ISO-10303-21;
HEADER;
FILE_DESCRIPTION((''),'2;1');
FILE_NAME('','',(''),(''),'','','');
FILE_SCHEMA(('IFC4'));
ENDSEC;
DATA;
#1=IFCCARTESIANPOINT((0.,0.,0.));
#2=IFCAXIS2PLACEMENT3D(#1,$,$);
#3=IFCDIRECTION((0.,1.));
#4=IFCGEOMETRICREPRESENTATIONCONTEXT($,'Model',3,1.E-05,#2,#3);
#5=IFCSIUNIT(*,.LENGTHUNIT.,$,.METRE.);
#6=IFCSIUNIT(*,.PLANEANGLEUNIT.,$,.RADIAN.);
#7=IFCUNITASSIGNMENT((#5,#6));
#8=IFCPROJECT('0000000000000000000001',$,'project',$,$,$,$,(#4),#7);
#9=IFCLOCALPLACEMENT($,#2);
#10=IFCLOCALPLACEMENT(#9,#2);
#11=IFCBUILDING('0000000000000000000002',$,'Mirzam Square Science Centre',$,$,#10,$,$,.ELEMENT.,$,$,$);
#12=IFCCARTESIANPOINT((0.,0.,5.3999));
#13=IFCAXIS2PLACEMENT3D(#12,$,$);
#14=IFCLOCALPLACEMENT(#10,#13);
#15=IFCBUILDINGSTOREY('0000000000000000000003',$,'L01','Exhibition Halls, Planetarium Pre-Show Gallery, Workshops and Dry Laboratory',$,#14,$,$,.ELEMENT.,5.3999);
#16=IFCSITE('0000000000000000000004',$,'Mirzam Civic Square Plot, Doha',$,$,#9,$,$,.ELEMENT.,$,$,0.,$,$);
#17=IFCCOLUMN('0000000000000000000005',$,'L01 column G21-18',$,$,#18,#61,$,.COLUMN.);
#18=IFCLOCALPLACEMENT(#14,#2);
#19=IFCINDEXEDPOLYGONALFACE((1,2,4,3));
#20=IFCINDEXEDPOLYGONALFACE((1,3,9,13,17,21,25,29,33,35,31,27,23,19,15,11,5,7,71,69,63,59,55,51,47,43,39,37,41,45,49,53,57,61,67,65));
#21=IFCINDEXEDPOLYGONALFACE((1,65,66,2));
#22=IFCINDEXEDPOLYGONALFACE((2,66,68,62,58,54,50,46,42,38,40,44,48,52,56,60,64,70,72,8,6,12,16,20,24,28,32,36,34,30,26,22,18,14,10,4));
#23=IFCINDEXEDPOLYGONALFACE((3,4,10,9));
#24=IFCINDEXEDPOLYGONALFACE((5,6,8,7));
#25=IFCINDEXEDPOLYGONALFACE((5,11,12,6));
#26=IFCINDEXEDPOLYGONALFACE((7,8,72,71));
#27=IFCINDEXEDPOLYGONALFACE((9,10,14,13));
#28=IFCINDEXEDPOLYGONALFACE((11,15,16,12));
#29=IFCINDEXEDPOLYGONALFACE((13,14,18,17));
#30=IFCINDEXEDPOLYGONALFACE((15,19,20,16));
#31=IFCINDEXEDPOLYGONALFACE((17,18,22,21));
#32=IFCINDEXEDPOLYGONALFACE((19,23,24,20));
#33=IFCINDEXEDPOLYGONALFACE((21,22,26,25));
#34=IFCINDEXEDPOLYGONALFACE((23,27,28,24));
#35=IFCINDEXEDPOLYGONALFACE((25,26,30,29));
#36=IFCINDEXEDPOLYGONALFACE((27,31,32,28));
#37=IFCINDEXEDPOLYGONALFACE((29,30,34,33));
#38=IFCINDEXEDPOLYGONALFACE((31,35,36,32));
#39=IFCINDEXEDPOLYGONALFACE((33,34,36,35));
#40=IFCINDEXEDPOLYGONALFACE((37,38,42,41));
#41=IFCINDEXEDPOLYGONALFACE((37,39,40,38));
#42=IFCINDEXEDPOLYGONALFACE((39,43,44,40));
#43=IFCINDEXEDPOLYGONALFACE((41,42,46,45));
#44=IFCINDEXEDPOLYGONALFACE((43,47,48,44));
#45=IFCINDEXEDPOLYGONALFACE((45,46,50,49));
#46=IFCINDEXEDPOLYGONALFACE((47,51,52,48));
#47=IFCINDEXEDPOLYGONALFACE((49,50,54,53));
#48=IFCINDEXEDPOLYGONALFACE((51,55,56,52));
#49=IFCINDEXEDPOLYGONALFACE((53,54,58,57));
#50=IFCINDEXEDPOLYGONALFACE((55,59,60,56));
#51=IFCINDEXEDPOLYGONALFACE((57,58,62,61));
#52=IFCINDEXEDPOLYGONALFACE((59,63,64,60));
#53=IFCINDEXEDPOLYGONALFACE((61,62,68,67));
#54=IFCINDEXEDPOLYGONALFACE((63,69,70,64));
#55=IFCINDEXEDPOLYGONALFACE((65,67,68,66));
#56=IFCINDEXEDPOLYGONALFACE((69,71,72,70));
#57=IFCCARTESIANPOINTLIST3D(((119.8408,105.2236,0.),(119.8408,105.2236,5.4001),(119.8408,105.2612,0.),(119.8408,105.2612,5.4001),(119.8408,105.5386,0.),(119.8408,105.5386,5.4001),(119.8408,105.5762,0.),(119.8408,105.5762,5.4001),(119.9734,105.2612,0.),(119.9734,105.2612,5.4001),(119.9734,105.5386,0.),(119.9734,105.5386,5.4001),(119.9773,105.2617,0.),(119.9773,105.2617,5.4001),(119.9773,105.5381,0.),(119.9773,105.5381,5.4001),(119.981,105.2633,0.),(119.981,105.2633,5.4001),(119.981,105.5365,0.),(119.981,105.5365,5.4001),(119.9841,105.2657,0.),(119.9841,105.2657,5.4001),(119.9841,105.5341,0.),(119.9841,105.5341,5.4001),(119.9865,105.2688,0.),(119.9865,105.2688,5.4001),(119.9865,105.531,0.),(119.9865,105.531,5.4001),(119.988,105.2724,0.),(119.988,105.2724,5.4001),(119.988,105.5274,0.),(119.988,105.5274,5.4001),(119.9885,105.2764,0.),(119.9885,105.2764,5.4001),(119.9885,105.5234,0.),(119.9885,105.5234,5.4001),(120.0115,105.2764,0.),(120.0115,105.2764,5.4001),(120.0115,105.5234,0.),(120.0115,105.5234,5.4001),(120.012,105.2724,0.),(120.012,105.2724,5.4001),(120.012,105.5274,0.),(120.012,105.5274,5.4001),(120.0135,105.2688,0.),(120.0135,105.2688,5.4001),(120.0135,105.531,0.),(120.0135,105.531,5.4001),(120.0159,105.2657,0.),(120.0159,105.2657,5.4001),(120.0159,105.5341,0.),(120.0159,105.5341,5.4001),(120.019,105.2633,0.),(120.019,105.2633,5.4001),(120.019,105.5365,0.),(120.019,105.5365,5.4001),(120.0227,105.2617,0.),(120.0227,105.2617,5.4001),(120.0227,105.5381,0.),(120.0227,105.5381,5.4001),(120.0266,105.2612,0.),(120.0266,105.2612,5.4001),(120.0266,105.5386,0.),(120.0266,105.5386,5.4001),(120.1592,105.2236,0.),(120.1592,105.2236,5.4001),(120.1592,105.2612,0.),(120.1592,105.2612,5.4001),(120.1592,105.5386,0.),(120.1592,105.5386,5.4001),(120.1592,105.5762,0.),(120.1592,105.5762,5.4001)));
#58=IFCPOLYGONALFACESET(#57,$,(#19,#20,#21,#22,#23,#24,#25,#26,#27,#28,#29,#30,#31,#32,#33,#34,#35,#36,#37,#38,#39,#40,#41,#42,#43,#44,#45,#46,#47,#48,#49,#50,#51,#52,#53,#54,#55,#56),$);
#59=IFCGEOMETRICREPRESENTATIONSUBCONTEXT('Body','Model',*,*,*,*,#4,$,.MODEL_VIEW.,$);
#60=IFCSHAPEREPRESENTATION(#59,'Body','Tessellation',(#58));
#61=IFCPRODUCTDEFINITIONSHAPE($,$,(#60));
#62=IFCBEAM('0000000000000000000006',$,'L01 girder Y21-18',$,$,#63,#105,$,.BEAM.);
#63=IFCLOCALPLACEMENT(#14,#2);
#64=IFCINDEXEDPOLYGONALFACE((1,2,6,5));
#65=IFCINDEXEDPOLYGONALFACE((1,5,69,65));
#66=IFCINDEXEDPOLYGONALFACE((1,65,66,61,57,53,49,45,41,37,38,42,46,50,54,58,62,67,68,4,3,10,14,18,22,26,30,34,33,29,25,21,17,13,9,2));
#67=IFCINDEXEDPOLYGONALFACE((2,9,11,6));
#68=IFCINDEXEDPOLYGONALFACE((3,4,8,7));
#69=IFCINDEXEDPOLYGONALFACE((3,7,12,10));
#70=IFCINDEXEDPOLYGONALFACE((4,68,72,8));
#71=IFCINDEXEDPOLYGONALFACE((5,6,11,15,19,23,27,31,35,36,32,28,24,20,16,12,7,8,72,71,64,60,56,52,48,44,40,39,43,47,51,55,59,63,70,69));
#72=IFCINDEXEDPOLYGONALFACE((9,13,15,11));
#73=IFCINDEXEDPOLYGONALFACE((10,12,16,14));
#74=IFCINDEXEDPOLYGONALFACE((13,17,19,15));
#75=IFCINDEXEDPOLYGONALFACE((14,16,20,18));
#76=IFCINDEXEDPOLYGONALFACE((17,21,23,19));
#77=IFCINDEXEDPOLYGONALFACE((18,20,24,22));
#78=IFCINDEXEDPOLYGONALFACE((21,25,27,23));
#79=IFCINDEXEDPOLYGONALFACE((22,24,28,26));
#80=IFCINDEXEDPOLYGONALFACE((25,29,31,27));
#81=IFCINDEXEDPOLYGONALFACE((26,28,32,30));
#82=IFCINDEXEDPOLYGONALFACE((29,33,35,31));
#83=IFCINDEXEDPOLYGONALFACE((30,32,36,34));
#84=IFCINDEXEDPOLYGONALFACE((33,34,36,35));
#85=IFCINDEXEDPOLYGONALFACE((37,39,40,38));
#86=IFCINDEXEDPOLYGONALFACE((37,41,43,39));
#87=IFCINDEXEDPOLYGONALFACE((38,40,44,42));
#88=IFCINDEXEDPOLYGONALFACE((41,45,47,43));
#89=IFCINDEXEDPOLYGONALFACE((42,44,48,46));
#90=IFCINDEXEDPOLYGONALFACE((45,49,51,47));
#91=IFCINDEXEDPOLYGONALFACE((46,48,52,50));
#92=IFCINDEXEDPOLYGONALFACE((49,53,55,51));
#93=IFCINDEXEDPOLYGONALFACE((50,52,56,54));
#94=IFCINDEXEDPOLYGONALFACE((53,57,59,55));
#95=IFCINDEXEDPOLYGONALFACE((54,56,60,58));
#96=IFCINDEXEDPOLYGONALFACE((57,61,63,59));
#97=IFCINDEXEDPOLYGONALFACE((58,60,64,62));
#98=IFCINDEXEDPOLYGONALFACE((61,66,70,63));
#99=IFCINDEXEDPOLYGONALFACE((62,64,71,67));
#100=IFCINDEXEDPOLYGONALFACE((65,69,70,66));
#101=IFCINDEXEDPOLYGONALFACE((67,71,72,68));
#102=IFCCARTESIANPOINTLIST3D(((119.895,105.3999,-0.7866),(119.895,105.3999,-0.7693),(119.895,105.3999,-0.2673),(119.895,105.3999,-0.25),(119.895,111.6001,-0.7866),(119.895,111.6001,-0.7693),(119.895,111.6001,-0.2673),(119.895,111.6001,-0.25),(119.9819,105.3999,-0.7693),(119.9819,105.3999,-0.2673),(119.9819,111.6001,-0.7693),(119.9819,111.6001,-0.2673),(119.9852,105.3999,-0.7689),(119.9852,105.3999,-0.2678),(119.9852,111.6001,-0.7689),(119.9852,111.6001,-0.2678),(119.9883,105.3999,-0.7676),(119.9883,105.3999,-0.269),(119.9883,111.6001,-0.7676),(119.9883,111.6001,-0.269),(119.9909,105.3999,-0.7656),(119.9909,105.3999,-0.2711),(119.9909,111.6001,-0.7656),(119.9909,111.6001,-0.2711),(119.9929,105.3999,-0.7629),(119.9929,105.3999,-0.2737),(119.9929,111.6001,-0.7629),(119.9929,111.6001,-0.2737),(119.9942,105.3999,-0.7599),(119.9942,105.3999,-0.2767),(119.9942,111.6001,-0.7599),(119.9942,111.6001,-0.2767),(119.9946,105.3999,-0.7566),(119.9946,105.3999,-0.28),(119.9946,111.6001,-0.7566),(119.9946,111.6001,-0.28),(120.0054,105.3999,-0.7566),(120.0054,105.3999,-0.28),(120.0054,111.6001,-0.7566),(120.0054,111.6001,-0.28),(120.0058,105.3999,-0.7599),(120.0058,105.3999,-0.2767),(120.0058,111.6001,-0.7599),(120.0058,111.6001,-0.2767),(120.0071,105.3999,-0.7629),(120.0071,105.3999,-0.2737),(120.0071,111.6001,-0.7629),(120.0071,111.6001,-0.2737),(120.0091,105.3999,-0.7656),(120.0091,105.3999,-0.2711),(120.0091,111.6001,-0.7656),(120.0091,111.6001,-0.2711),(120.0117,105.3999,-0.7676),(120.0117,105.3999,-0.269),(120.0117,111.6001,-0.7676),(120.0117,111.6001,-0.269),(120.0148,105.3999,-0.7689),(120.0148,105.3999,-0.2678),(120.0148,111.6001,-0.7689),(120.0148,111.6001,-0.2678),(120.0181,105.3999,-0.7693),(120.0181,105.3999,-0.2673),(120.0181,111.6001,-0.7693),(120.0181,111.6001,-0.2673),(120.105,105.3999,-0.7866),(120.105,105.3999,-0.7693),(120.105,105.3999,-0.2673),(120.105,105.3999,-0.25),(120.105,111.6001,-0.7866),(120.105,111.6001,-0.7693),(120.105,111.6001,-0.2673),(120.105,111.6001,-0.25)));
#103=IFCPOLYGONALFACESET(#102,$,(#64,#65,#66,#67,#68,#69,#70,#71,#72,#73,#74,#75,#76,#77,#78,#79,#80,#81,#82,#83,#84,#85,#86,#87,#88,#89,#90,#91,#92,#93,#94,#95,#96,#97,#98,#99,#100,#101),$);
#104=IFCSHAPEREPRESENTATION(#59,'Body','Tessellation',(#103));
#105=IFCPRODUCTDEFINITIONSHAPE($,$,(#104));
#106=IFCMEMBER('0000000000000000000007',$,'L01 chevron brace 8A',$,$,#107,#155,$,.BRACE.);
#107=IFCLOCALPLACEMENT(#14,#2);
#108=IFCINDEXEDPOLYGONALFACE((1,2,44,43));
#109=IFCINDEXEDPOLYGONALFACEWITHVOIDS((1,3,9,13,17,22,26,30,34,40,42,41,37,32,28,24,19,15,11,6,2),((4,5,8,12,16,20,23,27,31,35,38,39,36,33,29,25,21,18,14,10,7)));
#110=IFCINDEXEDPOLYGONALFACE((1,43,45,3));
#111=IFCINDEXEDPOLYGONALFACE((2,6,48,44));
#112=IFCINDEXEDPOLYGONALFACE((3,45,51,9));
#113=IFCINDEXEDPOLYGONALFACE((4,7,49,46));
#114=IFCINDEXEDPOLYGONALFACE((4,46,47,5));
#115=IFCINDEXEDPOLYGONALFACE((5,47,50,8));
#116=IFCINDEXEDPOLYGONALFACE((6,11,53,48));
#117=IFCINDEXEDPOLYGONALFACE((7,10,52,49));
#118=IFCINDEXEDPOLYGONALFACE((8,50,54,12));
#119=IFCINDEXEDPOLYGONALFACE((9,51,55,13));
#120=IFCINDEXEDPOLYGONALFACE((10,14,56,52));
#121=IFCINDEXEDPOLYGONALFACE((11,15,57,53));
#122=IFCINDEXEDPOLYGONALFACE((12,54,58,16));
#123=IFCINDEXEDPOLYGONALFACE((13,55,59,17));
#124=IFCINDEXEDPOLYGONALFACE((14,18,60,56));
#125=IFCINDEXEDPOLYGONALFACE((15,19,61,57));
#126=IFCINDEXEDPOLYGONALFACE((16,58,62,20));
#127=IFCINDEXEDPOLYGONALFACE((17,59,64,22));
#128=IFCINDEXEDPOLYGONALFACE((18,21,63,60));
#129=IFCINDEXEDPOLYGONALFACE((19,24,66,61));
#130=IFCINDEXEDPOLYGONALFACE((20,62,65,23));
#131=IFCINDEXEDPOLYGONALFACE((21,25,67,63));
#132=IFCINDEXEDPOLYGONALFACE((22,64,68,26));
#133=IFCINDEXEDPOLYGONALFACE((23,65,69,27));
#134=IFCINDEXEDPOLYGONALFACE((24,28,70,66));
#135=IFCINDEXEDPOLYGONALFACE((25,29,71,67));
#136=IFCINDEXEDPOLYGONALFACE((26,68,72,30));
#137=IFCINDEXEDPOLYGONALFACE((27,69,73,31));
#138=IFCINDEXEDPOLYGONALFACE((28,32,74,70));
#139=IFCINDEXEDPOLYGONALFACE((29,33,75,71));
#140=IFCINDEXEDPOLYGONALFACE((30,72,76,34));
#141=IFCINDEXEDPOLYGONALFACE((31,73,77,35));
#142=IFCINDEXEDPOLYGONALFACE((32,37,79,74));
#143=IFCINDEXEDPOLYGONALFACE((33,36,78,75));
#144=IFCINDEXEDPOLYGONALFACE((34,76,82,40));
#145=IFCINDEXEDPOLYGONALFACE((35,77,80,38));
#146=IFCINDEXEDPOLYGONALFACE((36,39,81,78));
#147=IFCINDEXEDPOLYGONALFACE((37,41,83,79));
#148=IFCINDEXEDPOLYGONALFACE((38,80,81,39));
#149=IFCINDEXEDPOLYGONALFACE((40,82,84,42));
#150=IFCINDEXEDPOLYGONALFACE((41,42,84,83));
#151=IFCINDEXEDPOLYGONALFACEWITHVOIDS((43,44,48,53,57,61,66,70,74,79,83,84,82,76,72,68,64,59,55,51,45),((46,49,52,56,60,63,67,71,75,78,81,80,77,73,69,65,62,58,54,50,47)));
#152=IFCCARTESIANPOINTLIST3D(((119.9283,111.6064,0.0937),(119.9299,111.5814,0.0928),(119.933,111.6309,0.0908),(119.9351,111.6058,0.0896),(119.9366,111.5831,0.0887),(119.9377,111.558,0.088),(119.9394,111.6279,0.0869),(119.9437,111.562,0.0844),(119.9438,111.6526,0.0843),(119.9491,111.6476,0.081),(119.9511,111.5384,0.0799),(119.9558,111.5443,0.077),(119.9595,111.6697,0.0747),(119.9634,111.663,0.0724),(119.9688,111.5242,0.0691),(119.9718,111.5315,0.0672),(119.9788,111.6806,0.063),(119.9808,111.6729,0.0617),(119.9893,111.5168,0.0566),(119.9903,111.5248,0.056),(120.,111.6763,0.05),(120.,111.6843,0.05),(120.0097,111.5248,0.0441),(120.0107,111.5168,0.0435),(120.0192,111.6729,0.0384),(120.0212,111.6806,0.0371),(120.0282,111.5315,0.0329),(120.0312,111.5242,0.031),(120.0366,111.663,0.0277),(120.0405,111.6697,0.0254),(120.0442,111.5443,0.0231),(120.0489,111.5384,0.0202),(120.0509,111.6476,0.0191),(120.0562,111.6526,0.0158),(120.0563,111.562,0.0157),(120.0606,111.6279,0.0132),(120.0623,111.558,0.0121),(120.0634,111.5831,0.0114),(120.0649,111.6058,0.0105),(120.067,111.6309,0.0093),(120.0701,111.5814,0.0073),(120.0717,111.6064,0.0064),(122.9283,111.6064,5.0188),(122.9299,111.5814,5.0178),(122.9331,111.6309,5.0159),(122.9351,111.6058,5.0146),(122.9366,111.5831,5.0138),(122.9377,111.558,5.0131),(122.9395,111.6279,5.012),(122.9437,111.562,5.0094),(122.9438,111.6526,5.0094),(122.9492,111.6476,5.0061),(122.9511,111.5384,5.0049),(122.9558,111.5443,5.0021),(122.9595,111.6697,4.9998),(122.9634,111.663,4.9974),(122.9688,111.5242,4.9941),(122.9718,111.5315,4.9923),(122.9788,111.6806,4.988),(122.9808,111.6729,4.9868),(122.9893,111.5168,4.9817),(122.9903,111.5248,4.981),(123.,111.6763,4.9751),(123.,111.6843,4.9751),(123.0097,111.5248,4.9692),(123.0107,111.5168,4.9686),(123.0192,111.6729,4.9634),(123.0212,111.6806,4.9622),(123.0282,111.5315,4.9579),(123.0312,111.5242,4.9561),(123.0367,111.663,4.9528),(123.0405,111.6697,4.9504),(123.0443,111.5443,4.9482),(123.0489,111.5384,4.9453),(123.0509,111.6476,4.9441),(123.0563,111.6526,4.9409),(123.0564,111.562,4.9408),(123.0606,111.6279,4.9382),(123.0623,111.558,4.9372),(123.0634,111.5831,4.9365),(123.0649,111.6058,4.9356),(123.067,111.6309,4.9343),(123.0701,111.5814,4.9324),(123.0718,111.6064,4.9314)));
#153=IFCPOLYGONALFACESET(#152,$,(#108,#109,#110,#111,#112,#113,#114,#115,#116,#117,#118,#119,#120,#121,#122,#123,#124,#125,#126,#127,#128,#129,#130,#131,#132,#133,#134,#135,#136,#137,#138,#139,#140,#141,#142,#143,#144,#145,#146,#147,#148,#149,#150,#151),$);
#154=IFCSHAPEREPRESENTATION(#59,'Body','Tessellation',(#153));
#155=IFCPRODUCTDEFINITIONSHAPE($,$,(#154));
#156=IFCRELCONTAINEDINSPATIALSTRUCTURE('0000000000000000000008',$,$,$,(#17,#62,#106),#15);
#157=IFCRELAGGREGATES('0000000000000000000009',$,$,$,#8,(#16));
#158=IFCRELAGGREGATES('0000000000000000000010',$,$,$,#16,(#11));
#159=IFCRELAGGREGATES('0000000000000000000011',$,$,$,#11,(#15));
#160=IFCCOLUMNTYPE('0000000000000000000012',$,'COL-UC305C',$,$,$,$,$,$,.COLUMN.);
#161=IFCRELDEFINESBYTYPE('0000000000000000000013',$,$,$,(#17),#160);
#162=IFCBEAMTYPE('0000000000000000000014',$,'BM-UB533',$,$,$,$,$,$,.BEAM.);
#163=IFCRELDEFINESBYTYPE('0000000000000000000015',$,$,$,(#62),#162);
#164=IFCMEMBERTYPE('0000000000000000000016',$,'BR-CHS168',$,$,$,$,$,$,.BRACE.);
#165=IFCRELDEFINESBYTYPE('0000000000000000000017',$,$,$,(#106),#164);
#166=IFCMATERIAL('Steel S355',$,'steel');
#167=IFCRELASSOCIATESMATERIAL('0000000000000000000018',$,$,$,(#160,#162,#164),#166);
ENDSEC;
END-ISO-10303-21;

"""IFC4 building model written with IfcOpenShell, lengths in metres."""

from ifc_helpers import new_model, si_unit, direction, frame, origin, origin_2d, place, context, subcontext, project, spatial, hollow_circle, i_section, extrude, material, material_profile, profile_set, type_object, element, save


model = new_model("IFC4")

# Units and contexts
model_context = context("Model", 3, precision=1e-05, world=origin(), true_north=direction((0.0, 1.0)))
body_context = subcontext(model_context, "Body", "Model", "MODEL_VIEW")
ifc_project = project(units=[si_unit("LENGTHUNIT", "METRE"), si_unit("PLANEANGLEUNIT", "RADIAN")], contexts=[model_context])

# Site, building, storey
site_placement = place(None, origin())
site = spatial("IfcSite", under=ifc_project, at=site_placement, Name="Mirzam Civic Square Plot, Doha", CompositionType="ELEMENT", RefElevation=0.0)
building_placement = place(site_placement, origin())
building = spatial("IfcBuilding", under=site, at=building_placement, Name="Mirzam Square Science Centre", CompositionType="ELEMENT")
storey_placement = place(building_placement, frame((0.0, 0.0, 5.3999)))
storey = spatial("IfcBuildingStorey", under=building, at=storey_placement, Name="L01", Description="Exhibition Halls, Planetarium Pre-Show Gallery, Workshops and Dry Laboratory", CompositionType="ELEMENT", Elevation=5.3999)

# Column
ifc_material_1 = material(Name="Steel S355", Category="steel")
ifc_material_profile_1 = material_profile(ifc_material_1, i_section(OverallWidth=0.3184, OverallDepth=0.3525, WebThickness=0.0229, FlangeThickness=0.0376, FilletRadius=0.0151, at=origin_2d()), Name="305x305x240UC")
ifc_profile_set_1 = profile_set([ifc_material_profile_1], Name="Steel S355")
column_type_1 = type_object("IfcColumnType", Name="COL-UC305C", PredefinedType="COLUMN", material=ifc_profile_set_1)
column_1_placement = place(storey_placement, frame((120.0, 105.3999, 0.0), z_axis=(0.0, 0.0, 1.0), x_axis=(1.0, 0.0, 0.0)))
element("IfcColumn", 1, at=column_1_placement, inside=storey, type_object=column_type_1, Name="L01 column G21-18", PredefinedType="COLUMN", context=body_context, shape_type="SweptSolid", body=[
    extrude(i_section(OverallWidth=0.3184, OverallDepth=0.3525, WebThickness=0.0229, FlangeThickness=0.0376, FilletRadius=0.0151, at=origin_2d()), origin(), (0.0, 0.0, 1.0), 5.4001),
])

# Beam
ifc_material_profile_2 = material_profile(ifc_material_1, i_section(OverallWidth=0.21, OverallDepth=0.5366, WebThickness=0.0107, FlangeThickness=0.0173, FilletRadius=0.0127, at=origin_2d()), Name="533x210x101UB")
ifc_profile_set_2 = profile_set([ifc_material_profile_2], Name="Steel S355")
beam_type_1 = type_object("IfcBeamType", Name="BM-UB533", PredefinedType="BEAM", material=ifc_profile_set_2)
beam_placement = place(storey_placement, frame((120.0, 105.3999, -0.5183), z_axis=(0.0, 1.0, 0.0), x_axis=(-1.0, 0.0, 0.0)))
element("IfcBeam", 2, at=beam_placement, inside=storey, type_object=beam_type_1, Name="L01 girder Y21-18", PredefinedType="BEAM", context=body_context, shape_type="SweptSolid", body=[
    extrude(i_section(OverallWidth=0.21, OverallDepth=0.5366, WebThickness=0.0107, FlangeThickness=0.0173, FilletRadius=0.0127, at=origin_2d()), origin(), (0.0, 0.0, 1.0), 6.2002),
])

# Member
ifc_material_profile_3 = material_profile(ifc_material_1, hollow_circle(Radius=0.0842, WallThickness=0.0081, at=origin_2d()), Name="168.3x8.0CHS")
ifc_profile_set_3 = profile_set([ifc_material_profile_3], Name="Steel S355")
member_type_1 = type_object("IfcMemberType", Name="BR-CHS168", PredefinedType="BRACE", material=ifc_profile_set_3)
for number, where, z_axis, x_axis, name in (
    (3, (120.0, 111.6001, 0.05), (0.520218, 0.0, 0.854033), (0.0, 1.0, 0.0), "L01 chevron brace 8A"),
):
    element("IfcMember", number, at=place(storey_placement, frame(where, z_axis=z_axis, x_axis=x_axis)), inside=storey, type_object=member_type_1, Name=name, PredefinedType="BRACE", context=body_context, shape_type="SweptSolid", body=[
        extrude(hollow_circle(Radius=0.0842, WallThickness=0.0081, at=origin_2d()), origin(), (0.0, 0.0, 1.0), 5.7668),
    ])

save(model, "model.ifc")
